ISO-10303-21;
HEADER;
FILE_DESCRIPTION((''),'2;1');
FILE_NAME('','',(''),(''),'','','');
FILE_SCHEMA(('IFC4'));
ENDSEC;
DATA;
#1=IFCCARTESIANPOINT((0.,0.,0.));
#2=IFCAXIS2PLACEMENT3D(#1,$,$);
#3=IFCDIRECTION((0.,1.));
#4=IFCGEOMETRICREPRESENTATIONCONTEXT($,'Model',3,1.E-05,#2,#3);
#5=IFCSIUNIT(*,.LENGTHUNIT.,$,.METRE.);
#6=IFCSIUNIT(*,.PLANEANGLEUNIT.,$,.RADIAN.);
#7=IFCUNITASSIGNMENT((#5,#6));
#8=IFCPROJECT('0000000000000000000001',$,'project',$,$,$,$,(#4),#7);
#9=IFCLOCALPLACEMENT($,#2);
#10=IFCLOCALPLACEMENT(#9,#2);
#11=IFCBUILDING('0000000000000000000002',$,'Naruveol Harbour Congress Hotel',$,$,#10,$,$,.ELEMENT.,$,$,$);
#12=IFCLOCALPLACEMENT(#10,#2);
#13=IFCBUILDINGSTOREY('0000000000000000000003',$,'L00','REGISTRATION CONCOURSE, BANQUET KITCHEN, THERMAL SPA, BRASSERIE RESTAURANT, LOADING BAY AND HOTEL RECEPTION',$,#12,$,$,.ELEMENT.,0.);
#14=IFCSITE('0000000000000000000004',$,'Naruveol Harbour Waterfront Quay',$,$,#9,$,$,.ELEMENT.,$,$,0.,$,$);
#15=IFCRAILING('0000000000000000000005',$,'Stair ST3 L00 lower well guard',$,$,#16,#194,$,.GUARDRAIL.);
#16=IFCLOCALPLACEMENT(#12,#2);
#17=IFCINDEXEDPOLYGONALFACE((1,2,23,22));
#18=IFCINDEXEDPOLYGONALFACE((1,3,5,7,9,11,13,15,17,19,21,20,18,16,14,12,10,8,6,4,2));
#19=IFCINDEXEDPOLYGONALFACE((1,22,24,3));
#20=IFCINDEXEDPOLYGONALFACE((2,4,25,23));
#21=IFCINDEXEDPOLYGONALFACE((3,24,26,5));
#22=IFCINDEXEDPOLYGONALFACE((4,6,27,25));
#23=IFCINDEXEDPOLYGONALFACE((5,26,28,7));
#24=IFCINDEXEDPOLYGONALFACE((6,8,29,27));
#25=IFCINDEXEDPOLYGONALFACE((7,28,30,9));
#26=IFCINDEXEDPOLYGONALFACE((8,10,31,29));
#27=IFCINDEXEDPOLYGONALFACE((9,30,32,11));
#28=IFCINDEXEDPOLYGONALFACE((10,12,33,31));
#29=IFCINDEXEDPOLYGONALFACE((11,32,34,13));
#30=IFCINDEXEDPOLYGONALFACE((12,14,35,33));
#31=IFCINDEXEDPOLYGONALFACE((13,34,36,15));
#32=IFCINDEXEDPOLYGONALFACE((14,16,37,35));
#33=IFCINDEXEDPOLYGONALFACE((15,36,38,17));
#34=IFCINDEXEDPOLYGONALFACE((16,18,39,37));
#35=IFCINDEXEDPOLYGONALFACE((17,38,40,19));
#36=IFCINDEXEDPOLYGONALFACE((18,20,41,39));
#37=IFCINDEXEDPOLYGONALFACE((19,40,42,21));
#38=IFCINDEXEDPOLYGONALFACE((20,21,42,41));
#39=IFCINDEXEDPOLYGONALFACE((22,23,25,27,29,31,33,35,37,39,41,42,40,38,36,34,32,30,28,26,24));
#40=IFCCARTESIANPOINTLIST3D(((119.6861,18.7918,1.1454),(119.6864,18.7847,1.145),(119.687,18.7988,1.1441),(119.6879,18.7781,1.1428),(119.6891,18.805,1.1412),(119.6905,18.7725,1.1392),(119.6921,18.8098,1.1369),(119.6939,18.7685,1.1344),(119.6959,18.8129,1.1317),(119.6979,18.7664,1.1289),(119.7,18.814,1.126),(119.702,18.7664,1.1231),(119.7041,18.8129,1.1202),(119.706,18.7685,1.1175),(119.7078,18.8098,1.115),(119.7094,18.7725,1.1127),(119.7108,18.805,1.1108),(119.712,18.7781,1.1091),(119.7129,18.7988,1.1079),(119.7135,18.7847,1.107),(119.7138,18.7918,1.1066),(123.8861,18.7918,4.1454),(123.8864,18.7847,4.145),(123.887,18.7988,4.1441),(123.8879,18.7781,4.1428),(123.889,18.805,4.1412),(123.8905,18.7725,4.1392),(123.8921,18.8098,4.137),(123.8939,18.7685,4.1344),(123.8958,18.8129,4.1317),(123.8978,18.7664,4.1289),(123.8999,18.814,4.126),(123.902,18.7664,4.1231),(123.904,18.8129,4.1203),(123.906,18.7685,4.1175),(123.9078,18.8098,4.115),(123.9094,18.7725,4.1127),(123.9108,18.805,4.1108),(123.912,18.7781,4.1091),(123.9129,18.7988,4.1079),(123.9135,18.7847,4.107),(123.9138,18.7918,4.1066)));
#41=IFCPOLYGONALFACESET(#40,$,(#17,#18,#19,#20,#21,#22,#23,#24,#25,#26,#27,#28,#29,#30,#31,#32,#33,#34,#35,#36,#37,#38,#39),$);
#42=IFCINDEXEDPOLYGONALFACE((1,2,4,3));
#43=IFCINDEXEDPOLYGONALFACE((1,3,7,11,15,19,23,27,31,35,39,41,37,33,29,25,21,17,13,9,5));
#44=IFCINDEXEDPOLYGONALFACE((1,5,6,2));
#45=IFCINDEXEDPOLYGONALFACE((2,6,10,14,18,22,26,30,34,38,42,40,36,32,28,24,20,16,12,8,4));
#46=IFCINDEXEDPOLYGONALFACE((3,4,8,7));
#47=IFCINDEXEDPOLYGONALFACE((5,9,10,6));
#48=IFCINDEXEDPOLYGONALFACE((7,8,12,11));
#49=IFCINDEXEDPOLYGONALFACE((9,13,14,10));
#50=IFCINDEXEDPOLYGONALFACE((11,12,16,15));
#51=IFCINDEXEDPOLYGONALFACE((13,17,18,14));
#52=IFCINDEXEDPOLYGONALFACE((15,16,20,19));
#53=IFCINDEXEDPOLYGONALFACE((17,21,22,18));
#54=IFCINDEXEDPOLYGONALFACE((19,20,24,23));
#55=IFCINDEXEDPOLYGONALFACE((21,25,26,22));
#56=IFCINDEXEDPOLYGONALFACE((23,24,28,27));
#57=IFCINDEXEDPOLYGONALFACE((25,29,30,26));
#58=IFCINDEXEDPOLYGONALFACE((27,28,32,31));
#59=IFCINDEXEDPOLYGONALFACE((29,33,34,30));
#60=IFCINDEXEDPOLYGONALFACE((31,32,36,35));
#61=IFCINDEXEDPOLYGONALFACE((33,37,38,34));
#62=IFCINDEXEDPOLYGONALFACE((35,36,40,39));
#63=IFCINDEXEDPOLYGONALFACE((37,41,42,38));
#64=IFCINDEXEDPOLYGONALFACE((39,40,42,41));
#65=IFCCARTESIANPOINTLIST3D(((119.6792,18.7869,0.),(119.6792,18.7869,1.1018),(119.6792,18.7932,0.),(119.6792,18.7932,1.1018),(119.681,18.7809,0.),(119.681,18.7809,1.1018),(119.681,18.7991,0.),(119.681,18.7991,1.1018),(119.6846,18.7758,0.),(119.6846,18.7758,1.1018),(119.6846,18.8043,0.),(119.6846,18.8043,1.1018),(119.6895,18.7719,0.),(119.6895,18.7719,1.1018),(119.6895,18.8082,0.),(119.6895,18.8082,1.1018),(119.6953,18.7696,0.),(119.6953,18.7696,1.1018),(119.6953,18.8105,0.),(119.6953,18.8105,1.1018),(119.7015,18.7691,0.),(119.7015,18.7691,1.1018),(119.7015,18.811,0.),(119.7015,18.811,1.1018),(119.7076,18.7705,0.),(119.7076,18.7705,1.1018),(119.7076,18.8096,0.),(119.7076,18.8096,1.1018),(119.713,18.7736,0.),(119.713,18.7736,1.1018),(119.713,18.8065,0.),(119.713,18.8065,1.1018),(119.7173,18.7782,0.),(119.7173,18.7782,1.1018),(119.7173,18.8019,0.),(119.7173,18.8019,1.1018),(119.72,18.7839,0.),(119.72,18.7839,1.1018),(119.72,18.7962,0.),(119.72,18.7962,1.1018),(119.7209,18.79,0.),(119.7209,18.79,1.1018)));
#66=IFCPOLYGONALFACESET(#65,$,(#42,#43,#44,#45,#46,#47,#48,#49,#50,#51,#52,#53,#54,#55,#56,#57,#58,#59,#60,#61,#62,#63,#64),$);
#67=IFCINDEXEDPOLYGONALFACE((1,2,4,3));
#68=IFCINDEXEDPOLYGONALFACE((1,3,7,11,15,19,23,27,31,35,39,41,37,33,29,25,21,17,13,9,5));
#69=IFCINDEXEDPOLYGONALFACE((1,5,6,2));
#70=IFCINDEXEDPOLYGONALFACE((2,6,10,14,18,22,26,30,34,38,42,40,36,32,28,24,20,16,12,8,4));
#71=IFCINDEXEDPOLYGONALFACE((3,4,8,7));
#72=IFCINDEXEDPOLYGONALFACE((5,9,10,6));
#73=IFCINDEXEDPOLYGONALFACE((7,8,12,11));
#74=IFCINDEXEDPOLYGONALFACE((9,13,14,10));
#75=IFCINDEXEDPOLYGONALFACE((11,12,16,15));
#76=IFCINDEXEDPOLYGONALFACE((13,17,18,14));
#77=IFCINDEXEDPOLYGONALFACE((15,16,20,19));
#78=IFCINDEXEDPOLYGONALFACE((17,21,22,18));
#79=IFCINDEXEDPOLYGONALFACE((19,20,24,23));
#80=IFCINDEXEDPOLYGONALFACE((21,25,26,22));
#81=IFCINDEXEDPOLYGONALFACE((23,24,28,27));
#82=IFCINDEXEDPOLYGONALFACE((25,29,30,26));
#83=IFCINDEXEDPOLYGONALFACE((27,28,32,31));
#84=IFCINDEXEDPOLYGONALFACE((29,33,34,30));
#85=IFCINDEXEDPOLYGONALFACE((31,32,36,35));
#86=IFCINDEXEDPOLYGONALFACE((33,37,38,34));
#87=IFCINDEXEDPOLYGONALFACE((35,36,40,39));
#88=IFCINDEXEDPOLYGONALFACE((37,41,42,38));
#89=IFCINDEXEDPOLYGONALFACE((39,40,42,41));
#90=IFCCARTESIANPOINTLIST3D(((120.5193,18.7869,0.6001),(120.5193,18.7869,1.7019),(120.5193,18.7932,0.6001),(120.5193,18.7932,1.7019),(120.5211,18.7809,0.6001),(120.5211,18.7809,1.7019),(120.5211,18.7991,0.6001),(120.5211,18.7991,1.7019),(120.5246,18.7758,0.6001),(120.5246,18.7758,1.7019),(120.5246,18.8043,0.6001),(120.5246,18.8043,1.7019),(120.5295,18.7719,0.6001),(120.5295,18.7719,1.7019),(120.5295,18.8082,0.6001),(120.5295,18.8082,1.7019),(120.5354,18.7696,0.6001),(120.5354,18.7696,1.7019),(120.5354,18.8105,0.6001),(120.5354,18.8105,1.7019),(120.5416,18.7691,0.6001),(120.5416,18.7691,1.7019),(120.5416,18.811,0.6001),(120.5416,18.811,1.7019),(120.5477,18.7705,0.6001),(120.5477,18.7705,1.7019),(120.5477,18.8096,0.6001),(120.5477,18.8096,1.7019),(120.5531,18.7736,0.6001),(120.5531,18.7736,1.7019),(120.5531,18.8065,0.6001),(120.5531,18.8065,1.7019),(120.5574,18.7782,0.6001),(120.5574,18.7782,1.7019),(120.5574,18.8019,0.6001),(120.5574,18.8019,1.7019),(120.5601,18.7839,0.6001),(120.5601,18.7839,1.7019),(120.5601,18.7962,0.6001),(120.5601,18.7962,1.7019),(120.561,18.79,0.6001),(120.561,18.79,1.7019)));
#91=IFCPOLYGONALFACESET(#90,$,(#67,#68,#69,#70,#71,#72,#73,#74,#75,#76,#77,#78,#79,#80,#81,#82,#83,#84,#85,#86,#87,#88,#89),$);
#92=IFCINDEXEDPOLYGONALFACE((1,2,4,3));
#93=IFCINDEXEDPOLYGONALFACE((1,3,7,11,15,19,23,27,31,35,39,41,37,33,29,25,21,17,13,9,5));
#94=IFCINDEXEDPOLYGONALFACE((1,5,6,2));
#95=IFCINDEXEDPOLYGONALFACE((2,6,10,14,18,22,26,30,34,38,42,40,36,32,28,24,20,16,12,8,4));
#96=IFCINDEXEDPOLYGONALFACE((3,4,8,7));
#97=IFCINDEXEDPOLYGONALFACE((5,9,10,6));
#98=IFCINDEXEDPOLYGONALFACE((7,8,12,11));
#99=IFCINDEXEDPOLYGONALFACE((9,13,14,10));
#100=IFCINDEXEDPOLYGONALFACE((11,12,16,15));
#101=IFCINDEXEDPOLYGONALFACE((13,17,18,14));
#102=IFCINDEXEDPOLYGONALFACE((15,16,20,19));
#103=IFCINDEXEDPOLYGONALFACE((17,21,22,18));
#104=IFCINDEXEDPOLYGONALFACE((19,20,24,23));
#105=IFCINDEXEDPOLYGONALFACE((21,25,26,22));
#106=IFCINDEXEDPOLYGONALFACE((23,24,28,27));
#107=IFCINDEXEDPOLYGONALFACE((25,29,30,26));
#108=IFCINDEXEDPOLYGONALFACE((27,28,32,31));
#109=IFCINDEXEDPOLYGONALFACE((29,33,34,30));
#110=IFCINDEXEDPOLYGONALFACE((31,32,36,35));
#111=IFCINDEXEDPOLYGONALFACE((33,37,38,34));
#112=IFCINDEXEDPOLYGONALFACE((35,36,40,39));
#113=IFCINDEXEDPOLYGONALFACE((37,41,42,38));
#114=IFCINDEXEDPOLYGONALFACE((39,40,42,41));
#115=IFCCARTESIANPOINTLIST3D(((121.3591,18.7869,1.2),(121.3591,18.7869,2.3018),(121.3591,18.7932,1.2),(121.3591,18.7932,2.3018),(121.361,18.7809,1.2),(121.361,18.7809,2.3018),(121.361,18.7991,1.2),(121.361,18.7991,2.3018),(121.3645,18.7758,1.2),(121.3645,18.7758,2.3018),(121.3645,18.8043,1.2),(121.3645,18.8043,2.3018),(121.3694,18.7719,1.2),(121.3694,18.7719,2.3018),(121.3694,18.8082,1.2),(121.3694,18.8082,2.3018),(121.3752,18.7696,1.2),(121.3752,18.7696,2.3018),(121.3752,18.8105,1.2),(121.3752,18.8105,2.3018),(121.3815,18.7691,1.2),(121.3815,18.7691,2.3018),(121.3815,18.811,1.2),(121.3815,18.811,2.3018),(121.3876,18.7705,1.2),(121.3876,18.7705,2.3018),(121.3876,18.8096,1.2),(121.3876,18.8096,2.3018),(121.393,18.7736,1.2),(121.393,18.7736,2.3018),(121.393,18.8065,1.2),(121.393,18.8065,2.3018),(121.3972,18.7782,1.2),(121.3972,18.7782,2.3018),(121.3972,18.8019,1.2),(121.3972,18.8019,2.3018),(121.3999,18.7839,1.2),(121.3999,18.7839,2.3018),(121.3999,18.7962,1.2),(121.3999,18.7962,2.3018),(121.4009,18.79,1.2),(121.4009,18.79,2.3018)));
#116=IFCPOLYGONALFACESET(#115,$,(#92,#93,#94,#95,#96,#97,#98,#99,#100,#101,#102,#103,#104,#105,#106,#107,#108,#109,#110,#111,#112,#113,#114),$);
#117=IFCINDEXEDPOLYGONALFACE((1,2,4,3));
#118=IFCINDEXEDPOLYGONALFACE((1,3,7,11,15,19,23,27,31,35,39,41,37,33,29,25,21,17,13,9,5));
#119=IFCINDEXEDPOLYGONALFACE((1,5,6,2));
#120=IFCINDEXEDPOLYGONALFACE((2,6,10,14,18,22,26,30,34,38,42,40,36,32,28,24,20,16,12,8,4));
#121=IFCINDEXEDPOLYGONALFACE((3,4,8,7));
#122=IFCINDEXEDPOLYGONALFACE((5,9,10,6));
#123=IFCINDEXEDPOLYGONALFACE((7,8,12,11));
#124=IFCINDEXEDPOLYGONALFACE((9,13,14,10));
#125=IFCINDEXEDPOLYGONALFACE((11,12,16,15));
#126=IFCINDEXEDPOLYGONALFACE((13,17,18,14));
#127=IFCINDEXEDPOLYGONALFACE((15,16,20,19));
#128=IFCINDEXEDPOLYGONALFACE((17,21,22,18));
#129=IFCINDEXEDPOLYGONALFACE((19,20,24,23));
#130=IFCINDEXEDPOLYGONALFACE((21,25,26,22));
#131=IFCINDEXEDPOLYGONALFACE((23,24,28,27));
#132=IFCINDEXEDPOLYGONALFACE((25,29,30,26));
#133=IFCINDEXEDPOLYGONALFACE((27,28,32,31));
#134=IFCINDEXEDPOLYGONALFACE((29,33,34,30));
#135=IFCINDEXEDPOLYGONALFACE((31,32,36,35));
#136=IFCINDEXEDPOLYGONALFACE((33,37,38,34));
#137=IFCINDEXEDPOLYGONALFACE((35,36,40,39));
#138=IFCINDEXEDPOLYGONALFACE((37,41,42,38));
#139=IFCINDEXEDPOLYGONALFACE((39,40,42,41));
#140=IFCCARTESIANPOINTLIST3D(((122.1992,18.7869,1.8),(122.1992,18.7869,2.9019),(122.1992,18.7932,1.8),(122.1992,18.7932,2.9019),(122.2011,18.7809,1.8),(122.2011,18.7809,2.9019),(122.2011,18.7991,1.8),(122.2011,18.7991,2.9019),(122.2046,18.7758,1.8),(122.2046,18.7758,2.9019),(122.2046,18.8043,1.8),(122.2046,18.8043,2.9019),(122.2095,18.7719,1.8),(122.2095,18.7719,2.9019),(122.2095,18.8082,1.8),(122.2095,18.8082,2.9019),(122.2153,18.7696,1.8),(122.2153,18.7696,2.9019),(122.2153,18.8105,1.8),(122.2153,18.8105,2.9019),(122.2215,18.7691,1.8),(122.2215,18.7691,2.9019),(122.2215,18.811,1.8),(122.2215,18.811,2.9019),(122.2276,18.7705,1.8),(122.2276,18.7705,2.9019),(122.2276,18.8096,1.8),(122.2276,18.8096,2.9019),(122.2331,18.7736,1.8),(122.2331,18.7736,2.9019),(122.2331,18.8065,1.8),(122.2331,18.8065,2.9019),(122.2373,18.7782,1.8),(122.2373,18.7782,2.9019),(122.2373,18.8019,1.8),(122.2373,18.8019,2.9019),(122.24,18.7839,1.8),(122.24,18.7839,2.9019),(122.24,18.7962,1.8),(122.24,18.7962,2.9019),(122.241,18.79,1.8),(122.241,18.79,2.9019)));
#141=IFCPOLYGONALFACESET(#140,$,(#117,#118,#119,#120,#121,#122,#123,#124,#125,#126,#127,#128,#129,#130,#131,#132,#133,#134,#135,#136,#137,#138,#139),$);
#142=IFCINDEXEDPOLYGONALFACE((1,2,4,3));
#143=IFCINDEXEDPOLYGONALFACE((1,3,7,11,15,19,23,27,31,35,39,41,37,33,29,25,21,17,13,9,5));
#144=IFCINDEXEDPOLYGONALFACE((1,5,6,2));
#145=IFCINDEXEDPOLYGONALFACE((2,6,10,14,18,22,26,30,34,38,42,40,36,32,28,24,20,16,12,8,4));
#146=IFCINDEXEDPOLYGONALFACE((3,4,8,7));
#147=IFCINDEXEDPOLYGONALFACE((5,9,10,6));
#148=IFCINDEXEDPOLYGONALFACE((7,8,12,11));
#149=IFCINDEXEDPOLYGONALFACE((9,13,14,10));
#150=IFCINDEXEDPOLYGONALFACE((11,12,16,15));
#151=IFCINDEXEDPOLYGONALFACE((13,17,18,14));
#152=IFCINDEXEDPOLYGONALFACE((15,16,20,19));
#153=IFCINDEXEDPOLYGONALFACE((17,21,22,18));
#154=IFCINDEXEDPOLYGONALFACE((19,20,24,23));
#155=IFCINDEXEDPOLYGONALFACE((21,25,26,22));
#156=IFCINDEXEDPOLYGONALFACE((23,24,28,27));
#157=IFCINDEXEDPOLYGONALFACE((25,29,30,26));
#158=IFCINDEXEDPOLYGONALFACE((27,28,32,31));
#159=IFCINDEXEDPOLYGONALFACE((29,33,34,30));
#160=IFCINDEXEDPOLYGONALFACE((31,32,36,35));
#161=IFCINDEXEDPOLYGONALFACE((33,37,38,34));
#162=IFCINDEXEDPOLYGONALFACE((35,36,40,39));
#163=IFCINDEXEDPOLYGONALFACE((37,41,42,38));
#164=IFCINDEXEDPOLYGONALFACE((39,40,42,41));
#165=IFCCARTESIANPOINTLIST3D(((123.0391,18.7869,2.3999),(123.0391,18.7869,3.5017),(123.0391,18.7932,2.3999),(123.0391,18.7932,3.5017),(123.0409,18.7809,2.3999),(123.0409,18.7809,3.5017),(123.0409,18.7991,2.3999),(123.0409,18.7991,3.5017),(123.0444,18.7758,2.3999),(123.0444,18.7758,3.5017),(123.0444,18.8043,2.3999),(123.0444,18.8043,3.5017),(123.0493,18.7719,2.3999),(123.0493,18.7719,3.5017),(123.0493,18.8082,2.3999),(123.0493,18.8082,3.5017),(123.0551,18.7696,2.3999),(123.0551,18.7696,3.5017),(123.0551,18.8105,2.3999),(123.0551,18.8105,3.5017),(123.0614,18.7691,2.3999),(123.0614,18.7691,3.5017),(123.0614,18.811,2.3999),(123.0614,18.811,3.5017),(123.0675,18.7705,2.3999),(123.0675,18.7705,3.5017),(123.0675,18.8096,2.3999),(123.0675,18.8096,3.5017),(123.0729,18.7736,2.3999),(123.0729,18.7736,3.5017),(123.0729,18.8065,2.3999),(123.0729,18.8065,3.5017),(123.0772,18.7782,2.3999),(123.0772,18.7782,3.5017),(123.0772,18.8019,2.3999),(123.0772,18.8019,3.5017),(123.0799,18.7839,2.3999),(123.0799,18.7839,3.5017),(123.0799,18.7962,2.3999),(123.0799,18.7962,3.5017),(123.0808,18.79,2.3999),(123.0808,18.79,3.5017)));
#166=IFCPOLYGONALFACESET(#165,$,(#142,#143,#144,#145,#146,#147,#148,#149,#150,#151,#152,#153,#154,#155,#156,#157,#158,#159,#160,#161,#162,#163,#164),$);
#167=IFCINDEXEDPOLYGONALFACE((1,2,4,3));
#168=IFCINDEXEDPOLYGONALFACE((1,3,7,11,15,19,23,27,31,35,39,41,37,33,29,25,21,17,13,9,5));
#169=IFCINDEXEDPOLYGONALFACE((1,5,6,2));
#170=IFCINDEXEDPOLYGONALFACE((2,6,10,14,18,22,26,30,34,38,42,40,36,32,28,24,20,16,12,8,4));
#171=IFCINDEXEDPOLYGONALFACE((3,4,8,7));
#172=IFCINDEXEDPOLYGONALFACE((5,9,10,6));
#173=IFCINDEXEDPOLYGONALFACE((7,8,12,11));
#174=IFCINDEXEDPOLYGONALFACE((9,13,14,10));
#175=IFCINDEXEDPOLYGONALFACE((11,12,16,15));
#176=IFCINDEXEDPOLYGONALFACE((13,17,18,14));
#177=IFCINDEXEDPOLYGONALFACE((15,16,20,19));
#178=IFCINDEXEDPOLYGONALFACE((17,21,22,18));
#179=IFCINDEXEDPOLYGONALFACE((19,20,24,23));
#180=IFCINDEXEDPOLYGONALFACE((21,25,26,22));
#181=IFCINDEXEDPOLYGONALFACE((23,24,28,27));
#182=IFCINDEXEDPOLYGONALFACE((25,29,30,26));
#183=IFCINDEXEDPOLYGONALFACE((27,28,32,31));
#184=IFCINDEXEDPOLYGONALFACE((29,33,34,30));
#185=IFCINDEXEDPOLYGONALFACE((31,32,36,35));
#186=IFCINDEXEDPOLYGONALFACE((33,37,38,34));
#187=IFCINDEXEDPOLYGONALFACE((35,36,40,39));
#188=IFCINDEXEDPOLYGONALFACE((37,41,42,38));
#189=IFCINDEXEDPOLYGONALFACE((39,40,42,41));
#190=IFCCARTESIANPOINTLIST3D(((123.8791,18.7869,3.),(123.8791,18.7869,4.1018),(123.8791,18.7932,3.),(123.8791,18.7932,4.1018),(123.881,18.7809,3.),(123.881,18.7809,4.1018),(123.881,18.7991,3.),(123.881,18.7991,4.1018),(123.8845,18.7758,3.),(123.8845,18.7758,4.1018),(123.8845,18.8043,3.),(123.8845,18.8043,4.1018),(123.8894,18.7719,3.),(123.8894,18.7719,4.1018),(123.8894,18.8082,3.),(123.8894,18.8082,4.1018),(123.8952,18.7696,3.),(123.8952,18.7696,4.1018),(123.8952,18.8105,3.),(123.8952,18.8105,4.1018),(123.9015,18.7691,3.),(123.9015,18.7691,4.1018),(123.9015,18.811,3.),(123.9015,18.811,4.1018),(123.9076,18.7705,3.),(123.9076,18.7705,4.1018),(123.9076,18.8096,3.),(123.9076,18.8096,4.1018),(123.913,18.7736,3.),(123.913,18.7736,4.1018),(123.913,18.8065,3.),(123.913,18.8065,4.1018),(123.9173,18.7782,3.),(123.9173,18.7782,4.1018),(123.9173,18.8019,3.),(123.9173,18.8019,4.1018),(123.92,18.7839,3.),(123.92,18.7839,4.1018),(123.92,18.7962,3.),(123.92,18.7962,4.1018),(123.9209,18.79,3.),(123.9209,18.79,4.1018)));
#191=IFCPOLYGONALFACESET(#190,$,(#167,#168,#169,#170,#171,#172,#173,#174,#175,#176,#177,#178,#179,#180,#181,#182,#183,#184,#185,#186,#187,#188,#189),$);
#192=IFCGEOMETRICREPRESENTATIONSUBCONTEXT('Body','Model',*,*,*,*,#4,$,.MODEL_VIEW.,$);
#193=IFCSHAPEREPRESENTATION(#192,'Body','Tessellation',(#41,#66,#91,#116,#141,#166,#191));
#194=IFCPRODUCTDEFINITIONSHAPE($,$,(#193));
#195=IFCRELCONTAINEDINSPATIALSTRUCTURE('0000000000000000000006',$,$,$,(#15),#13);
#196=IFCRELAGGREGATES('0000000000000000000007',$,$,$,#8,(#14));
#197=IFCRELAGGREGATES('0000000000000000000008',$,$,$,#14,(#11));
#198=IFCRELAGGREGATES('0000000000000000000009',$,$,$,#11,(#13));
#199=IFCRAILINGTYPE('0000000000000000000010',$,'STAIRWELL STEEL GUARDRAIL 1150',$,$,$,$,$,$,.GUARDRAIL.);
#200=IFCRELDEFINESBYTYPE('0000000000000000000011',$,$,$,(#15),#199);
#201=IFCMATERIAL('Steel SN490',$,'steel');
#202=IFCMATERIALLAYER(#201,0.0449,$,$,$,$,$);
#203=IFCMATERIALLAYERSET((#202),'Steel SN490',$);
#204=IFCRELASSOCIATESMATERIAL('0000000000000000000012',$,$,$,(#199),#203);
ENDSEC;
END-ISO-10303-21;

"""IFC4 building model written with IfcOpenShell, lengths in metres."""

from ifc_helpers import new_model, si_unit, direction, frame, origin, origin_2d, place, context, subcontext, project, spatial, circle, extrude, material, layer, layer_set, type_object, element, save


model = new_model("IFC4")

# Units and contexts
model_context = context("Model", 3, precision=1e-05, world=origin(), true_north=direction((0.0, 1.0)))
body_context = subcontext(model_context, "Body", "Model", "MODEL_VIEW")
ifc_project = project(units=[si_unit("LENGTHUNIT", "METRE"), si_unit("PLANEANGLEUNIT", "RADIAN")], contexts=[model_context])

# Site, building, storey
site_placement = place(None, origin())
site = spatial("IfcSite", under=ifc_project, at=site_placement, Name="Naruveol Harbour Waterfront Quay", CompositionType="ELEMENT", RefElevation=0.0)
building_placement = place(site_placement, origin())
building = spatial("IfcBuilding", under=site, at=building_placement, Name="Naruveol Harbour Congress Hotel", CompositionType="ELEMENT")
storey_placement = place(building_placement, origin())
storey = spatial("IfcBuildingStorey", under=building, at=storey_placement, Name="L00", Description="REGISTRATION CONCOURSE, BANQUET KITCHEN, THERMAL SPA, BRASSERIE RESTAURANT, LOADING BAY AND HOTEL RECEPTION", CompositionType="ELEMENT", Elevation=0.0)

# Railing
ifc_material_1 = material(Name="Steel SN490", Category="steel")
ifc_layer_1 = layer(ifc_material_1, 0.0449)
ifc_layer_set_1 = layer_set([ifc_layer_1], Name="Steel SN490")
railing_type_1 = type_object("IfcRailingType", Name="STAIRWELL STEEL GUARDRAIL 1150", PredefinedType="GUARDRAIL", material=ifc_layer_set_1)
railing_1_placement = place(storey_placement, frame((119.7, 18.79, 0.0)))
element("IfcRailing", 1, at=railing_1_placement, inside=storey, type_object=railing_type_1, Name="Stair ST3 L00 lower well guard", PredefinedType="GUARDRAIL", context=body_context, shape_type="SweptSolid", body=[
    extrude(circle(Radius=0.0239, at=origin_2d()), frame((0.0, 0.0, 1.126), z_axis=(0.81373, 0.0, 0.581243), x_axis=(0.0, 1.0, 0.0)), (0.0, 0.0, 1.0), 5.1614),
    extrude(circle(Radius=0.021, at=origin_2d()), origin(), (0.0, 0.0, 1.0), 1.1018),
    extrude(circle(Radius=0.021, at=origin_2d()), frame((0.8401, 0.0, 0.6001)), (0.0, 0.0, 1.0), 1.1018),
    extrude(circle(Radius=0.021, at=origin_2d()), frame((1.6799, 0.0, 1.2)), (0.0, 0.0, 1.0), 1.1018),
    extrude(circle(Radius=0.021, at=origin_2d()), frame((2.52, 0.0, 1.8)), (0.0, 0.0, 1.0), 1.1018),
    extrude(circle(Radius=0.021, at=origin_2d()), frame((3.3599, 0.0, 2.3999)), (0.0, 0.0, 1.0), 1.1018),
    extrude(circle(Radius=0.021, at=origin_2d()), frame((4.2, 0.0, 3.0)), (0.0, 0.0, 1.0), 1.1018),
])

save(model, "model.ifc")
